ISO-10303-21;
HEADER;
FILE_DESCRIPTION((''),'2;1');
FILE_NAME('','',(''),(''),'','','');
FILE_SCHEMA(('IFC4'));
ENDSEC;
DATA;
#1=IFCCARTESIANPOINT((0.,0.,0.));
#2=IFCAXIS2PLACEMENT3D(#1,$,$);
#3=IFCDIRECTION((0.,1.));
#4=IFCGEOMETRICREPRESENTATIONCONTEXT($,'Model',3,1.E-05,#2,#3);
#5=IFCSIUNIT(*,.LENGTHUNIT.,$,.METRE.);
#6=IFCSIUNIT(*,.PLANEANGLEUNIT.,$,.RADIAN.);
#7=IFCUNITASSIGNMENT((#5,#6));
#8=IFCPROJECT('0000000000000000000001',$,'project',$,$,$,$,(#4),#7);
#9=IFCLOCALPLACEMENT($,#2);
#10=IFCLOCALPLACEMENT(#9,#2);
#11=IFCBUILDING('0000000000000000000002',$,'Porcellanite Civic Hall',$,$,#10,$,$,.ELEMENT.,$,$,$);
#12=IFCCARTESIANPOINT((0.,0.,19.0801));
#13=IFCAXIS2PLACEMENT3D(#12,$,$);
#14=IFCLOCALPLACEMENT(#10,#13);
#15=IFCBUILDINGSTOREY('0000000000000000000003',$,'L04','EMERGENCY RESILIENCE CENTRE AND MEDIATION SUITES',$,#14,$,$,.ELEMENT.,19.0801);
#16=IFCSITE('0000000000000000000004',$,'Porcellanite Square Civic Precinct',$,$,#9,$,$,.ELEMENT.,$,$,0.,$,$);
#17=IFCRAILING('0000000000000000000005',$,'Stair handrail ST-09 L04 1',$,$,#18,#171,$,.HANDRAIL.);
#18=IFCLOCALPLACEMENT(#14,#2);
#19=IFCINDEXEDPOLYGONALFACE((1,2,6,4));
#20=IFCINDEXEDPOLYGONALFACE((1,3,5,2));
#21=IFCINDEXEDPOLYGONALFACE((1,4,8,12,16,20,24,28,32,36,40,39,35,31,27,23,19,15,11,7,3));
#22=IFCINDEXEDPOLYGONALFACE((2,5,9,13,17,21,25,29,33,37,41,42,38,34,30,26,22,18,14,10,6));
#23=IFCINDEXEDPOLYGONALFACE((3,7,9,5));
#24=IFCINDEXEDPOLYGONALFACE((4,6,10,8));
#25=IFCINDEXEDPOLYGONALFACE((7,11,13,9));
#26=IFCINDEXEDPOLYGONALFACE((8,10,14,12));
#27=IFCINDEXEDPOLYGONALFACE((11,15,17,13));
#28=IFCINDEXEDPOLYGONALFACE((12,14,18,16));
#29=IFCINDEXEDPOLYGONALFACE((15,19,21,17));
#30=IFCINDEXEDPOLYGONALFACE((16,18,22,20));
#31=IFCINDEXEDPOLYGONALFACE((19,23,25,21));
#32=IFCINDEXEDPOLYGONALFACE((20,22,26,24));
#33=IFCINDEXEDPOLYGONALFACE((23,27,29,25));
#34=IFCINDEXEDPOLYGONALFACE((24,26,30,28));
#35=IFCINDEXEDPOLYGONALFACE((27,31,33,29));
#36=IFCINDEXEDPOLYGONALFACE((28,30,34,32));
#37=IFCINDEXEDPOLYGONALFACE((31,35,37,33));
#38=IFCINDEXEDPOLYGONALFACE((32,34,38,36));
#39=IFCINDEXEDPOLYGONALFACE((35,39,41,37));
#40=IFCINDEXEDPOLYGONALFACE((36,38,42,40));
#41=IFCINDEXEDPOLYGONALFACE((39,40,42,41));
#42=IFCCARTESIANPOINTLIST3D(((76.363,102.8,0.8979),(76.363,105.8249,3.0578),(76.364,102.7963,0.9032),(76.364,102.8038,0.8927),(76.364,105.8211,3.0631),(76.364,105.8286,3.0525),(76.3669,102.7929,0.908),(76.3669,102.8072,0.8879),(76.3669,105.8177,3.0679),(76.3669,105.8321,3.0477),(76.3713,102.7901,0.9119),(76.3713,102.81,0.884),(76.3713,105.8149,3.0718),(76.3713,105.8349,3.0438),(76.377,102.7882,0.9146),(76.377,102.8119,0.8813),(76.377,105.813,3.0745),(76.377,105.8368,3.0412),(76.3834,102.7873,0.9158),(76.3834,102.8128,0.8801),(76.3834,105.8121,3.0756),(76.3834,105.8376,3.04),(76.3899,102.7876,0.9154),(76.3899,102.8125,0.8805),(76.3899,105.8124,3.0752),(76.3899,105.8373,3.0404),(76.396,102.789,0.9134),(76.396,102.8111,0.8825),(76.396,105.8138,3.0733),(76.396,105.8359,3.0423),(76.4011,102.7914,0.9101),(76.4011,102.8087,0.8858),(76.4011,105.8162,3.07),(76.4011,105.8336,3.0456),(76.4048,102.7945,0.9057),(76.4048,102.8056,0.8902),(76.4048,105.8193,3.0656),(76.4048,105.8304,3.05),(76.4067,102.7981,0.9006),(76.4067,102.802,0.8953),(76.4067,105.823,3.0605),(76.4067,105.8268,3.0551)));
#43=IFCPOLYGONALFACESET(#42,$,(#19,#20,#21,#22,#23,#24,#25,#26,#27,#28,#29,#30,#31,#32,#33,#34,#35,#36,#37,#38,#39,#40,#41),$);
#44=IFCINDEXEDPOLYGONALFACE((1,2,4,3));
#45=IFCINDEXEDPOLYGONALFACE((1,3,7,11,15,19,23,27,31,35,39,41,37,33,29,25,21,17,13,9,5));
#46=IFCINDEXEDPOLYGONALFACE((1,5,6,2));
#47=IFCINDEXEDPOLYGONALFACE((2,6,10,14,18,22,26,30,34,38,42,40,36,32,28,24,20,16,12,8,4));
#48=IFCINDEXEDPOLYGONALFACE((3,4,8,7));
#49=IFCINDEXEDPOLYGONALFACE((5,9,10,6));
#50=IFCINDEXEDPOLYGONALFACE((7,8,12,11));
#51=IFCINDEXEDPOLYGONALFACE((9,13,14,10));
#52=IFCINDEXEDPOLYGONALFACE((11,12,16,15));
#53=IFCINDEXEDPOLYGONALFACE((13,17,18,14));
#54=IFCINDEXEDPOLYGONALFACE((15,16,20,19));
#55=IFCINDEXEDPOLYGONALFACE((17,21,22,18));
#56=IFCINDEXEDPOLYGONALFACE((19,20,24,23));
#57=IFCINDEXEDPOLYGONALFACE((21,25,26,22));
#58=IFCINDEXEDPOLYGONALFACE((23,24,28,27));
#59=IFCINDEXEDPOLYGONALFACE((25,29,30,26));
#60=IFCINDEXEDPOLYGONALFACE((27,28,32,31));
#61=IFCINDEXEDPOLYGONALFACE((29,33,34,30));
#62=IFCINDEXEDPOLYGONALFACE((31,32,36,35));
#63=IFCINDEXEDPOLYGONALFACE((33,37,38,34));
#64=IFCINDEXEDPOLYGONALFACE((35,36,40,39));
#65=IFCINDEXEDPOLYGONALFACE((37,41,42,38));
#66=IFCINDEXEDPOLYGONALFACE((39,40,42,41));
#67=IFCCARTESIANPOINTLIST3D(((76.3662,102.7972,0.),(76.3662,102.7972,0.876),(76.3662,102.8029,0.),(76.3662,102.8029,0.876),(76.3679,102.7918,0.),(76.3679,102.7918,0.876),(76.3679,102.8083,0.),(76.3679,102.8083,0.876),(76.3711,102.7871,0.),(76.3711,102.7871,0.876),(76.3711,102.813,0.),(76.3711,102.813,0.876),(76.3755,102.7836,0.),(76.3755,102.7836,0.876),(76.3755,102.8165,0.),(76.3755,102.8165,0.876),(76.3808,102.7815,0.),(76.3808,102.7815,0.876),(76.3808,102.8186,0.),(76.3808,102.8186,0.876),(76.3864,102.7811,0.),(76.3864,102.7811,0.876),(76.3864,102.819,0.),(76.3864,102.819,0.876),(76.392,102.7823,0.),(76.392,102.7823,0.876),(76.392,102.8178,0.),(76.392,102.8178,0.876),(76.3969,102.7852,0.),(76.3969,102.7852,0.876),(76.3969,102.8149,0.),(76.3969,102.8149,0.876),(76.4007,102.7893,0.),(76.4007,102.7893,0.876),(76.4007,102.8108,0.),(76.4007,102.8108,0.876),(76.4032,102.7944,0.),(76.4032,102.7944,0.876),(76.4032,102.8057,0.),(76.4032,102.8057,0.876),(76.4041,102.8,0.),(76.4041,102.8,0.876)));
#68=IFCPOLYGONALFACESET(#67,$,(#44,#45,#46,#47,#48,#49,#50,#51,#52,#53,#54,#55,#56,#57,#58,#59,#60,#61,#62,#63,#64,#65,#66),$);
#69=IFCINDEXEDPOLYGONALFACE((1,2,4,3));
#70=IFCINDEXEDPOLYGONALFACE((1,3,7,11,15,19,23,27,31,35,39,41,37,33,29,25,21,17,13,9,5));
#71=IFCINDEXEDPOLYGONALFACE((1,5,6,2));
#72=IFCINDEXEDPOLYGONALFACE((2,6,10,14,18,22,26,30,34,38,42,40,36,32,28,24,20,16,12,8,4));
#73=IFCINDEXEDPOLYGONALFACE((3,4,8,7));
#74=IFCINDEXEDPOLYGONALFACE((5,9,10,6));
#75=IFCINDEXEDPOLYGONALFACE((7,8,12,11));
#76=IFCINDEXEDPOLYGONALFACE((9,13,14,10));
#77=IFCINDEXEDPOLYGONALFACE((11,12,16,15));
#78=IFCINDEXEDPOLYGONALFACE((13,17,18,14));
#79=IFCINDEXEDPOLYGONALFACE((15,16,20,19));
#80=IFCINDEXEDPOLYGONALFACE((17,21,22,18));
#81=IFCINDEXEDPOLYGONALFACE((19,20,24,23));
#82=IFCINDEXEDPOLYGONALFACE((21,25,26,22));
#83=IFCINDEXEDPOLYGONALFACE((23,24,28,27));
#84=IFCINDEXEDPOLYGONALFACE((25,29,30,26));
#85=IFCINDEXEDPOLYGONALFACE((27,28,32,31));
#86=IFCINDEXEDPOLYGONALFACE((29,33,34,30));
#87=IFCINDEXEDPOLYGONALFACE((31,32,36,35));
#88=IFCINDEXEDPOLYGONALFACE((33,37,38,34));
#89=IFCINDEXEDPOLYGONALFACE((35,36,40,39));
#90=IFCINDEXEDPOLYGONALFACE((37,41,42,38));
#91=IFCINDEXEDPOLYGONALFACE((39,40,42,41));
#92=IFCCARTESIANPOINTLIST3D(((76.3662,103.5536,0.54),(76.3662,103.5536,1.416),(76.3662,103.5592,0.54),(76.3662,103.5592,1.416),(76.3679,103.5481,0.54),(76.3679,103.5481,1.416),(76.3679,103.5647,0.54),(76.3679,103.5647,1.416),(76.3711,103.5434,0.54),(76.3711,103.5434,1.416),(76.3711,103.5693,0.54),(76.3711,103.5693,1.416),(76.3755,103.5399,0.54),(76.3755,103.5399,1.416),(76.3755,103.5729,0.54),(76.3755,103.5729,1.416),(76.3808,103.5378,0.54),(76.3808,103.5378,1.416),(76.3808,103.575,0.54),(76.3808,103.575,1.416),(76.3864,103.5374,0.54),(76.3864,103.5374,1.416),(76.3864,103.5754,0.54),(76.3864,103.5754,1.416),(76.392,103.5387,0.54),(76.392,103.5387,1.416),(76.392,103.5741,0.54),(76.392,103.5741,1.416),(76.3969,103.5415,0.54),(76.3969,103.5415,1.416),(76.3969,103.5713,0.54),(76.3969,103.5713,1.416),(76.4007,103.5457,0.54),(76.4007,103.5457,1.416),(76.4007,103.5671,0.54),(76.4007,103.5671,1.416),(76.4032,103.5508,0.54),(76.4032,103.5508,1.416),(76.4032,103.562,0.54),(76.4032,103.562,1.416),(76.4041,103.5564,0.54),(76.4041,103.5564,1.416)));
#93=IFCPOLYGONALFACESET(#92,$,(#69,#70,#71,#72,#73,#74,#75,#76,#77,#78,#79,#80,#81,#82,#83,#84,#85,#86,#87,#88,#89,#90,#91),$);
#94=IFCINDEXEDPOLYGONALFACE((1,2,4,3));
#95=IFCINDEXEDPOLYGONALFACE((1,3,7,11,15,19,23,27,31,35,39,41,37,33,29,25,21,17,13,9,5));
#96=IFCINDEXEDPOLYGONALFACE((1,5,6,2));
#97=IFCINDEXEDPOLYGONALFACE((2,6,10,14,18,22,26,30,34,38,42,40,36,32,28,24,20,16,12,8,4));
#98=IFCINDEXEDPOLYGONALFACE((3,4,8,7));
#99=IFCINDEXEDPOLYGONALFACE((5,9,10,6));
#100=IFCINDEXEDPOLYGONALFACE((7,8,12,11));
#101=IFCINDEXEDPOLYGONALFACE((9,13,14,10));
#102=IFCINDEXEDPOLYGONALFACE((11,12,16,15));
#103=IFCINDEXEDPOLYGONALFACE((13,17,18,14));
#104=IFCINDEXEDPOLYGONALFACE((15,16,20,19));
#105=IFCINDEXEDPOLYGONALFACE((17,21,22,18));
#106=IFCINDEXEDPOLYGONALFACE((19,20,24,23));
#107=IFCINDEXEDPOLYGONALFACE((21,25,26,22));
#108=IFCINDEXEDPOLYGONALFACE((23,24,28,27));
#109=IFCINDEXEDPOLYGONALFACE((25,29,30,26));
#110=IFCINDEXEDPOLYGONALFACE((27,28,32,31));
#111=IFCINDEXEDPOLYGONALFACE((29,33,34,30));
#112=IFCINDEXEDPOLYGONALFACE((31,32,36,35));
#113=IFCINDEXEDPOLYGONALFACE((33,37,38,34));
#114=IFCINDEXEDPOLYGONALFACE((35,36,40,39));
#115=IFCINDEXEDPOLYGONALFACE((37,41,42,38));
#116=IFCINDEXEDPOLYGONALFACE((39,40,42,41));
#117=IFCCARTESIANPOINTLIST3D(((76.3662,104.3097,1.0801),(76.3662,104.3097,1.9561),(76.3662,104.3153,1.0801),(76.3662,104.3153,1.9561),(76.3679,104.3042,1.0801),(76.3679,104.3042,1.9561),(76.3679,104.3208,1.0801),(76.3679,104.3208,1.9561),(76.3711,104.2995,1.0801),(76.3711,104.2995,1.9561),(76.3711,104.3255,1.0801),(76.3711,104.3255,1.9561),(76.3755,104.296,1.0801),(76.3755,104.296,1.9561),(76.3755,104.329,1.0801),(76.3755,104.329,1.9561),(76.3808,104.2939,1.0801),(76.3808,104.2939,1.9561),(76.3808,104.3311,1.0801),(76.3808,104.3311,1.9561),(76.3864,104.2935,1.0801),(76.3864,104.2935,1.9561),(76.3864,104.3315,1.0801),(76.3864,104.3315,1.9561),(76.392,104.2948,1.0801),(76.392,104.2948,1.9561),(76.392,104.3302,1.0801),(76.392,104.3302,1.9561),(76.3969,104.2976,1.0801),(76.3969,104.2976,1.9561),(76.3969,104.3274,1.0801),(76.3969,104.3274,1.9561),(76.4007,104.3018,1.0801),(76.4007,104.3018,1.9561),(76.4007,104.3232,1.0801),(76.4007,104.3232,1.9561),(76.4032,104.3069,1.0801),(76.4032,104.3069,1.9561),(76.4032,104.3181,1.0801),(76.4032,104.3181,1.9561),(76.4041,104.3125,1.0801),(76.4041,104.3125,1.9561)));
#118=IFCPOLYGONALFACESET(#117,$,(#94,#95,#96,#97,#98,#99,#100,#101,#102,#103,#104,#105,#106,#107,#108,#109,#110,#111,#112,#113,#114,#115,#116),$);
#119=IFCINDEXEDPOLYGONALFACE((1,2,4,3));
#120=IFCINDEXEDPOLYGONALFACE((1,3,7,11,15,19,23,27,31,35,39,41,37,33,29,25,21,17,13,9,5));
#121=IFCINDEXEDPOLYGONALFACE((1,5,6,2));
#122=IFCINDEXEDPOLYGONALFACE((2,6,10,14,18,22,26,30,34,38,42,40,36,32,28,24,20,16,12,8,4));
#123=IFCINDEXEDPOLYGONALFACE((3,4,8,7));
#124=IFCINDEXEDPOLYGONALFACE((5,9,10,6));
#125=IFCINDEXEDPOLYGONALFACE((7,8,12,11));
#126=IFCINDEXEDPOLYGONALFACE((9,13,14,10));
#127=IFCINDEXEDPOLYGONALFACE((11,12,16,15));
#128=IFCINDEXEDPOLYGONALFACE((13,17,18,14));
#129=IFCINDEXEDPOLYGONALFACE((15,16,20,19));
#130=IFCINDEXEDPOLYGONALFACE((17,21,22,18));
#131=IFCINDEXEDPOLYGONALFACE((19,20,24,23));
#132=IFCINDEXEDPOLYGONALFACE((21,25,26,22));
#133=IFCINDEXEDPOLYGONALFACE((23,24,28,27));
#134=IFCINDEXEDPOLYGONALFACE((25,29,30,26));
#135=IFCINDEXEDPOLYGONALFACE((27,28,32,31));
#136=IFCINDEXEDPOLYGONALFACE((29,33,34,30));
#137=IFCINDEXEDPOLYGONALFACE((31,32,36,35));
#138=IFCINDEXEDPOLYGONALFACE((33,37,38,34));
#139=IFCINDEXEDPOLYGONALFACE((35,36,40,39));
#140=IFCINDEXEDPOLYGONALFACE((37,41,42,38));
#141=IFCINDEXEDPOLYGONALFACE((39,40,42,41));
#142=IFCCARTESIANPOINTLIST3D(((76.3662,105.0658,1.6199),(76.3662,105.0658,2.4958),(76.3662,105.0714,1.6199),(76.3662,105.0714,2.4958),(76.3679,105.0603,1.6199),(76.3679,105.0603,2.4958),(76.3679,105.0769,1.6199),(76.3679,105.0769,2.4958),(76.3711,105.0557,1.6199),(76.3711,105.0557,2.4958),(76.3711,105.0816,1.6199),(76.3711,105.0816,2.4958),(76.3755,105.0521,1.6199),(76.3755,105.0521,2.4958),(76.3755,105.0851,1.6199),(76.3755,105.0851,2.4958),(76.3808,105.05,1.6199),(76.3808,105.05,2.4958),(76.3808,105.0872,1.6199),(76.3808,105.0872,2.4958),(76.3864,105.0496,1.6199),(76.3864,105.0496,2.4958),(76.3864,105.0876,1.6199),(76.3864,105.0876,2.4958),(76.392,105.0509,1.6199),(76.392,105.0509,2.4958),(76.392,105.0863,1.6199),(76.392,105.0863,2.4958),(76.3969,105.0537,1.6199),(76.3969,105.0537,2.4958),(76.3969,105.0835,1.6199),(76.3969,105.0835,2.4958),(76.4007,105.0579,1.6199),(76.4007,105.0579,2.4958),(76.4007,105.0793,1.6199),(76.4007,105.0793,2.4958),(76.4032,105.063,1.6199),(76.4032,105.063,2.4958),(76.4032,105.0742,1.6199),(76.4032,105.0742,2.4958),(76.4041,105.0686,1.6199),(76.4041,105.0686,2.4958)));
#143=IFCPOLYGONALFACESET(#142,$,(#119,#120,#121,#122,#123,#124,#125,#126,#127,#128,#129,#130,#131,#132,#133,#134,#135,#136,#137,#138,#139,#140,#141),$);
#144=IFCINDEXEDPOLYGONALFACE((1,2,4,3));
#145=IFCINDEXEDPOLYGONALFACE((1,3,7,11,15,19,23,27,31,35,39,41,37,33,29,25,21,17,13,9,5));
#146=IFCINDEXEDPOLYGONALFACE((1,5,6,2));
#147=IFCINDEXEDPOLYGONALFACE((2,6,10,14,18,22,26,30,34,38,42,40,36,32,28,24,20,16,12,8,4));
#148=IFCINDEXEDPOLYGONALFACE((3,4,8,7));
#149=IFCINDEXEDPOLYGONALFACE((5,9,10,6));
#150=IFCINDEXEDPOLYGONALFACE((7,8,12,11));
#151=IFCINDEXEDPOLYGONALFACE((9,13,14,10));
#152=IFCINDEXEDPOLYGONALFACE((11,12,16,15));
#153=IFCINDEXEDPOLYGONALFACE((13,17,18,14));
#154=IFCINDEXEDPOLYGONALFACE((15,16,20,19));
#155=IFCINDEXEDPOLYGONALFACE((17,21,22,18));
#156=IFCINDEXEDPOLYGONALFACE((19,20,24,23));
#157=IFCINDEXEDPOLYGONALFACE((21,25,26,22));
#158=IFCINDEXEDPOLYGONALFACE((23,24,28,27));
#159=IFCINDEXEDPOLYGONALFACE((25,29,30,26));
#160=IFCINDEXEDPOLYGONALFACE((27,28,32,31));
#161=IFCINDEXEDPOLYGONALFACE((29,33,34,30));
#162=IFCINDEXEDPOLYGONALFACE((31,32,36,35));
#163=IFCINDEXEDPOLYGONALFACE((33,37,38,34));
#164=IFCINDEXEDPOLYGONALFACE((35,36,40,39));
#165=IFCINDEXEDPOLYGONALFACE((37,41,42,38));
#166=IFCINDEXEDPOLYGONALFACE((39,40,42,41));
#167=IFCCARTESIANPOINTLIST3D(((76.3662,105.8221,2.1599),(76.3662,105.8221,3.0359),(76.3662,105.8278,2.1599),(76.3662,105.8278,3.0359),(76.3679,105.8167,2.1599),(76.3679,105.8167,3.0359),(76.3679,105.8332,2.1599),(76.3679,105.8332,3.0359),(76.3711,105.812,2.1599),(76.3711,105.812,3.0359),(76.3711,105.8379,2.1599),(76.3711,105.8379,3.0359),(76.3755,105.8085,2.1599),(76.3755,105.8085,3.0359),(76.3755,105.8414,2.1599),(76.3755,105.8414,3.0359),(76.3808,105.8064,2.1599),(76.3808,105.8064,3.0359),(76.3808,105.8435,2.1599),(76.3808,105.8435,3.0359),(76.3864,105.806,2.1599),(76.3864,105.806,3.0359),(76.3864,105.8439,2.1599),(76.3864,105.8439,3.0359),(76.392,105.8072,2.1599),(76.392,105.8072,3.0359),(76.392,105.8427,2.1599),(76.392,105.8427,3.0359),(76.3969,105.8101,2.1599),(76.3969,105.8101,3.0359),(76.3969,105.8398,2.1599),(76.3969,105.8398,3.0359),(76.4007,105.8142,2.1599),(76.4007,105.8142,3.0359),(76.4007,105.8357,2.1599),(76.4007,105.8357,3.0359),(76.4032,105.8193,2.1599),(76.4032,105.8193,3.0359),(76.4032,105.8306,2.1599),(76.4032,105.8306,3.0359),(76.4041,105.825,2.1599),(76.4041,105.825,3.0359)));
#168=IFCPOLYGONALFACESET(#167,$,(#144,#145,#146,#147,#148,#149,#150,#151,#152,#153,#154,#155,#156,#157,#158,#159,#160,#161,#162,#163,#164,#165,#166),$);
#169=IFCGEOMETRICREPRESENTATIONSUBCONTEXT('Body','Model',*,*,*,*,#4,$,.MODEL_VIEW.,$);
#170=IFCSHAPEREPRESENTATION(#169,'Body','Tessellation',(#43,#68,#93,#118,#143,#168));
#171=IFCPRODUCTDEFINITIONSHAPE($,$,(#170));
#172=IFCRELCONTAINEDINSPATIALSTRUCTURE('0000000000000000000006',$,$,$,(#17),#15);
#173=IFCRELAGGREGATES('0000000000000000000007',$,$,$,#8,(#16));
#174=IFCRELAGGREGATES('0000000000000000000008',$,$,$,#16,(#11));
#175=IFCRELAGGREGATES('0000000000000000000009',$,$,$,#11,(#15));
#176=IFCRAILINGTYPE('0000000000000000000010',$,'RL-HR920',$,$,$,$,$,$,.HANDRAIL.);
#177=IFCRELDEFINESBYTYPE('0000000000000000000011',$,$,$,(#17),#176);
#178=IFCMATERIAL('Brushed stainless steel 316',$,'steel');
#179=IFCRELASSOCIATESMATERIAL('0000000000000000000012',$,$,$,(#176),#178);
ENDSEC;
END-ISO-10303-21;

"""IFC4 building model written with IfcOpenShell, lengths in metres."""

from ifc_helpers import new_model, si_unit, direction, frame, origin, origin_2d, place, context, subcontext, project, spatial, circle, extrude, material, type_object, element, save


model = new_model("IFC4")

# Units and contexts
model_context = context("Model", 3, precision=1e-05, world=origin(), true_north=direction((0.0, 1.0)))
body_context = subcontext(model_context, "Body", "Model", "MODEL_VIEW")
ifc_project = project(units=[si_unit("LENGTHUNIT", "METRE"), si_unit("PLANEANGLEUNIT", "RADIAN")], contexts=[model_context])

# Site, building, storey
site_placement = place(None, origin())
site = spatial("IfcSite", under=ifc_project, at=site_placement, Name="Porcellanite Square Civic Precinct", CompositionType="ELEMENT", RefElevation=0.0)
building_placement = place(site_placement, origin())
building = spatial("IfcBuilding", under=site, at=building_placement, Name="Porcellanite Civic Hall", CompositionType="ELEMENT")
storey_placement = place(building_placement, frame((0.0, 0.0, 19.0801)))
storey = spatial("IfcBuildingStorey", under=building, at=storey_placement, Name="L04", Description="EMERGENCY RESILIENCE CENTRE AND MEDIATION SUITES", CompositionType="ELEMENT", Elevation=19.0801)

# Railing
ifc_material_1 = material(Name="Brushed stainless steel 316", Category="steel")
railing_type_1 = type_object("IfcRailingType", Name="RL-HR920", PredefinedType="HANDRAIL", material=ifc_material_1)
railing_1_placement = place(storey_placement, frame((76.385, 102.8, 0.0)))
element("IfcRailing", 1, at=railing_1_placement, inside=storey, type_object=railing_type_1, Name="Stair handrail ST-09 L04 1", PredefinedType="HANDRAIL", context=body_context, shape_type="SweptSolid", body=[
    extrude(circle(Radius=0.022, at=origin_2d()), frame((0.0, 0.0, 0.8979), z_axis=(0.0, 0.813827, 0.581108), x_axis=(-1.0, 0.0, 0.0)), (0.0, 0.0, 1.0), 3.7168),
    extrude(circle(Radius=0.019, at=origin_2d()), origin(), (0.0, 0.0, 1.0), 0.876),
    extrude(circle(Radius=0.019, at=origin_2d()), frame((0.0, 0.7563, 0.54)), (0.0, 0.0, 1.0), 0.876),
    extrude(circle(Radius=0.019, at=origin_2d()), frame((0.0, 1.5125, 1.0801)), (0.0, 0.0, 1.0), 0.876),
    extrude(circle(Radius=0.019, at=origin_2d()), frame((0.0, 2.2686, 1.6199)), (0.0, 0.0, 1.0), 0.876),
    extrude(circle(Radius=0.019, at=origin_2d()), frame((0.0, 3.0249, 2.1599)), (0.0, 0.0, 1.0), 0.876),
])

save(model, "model.ifc")
